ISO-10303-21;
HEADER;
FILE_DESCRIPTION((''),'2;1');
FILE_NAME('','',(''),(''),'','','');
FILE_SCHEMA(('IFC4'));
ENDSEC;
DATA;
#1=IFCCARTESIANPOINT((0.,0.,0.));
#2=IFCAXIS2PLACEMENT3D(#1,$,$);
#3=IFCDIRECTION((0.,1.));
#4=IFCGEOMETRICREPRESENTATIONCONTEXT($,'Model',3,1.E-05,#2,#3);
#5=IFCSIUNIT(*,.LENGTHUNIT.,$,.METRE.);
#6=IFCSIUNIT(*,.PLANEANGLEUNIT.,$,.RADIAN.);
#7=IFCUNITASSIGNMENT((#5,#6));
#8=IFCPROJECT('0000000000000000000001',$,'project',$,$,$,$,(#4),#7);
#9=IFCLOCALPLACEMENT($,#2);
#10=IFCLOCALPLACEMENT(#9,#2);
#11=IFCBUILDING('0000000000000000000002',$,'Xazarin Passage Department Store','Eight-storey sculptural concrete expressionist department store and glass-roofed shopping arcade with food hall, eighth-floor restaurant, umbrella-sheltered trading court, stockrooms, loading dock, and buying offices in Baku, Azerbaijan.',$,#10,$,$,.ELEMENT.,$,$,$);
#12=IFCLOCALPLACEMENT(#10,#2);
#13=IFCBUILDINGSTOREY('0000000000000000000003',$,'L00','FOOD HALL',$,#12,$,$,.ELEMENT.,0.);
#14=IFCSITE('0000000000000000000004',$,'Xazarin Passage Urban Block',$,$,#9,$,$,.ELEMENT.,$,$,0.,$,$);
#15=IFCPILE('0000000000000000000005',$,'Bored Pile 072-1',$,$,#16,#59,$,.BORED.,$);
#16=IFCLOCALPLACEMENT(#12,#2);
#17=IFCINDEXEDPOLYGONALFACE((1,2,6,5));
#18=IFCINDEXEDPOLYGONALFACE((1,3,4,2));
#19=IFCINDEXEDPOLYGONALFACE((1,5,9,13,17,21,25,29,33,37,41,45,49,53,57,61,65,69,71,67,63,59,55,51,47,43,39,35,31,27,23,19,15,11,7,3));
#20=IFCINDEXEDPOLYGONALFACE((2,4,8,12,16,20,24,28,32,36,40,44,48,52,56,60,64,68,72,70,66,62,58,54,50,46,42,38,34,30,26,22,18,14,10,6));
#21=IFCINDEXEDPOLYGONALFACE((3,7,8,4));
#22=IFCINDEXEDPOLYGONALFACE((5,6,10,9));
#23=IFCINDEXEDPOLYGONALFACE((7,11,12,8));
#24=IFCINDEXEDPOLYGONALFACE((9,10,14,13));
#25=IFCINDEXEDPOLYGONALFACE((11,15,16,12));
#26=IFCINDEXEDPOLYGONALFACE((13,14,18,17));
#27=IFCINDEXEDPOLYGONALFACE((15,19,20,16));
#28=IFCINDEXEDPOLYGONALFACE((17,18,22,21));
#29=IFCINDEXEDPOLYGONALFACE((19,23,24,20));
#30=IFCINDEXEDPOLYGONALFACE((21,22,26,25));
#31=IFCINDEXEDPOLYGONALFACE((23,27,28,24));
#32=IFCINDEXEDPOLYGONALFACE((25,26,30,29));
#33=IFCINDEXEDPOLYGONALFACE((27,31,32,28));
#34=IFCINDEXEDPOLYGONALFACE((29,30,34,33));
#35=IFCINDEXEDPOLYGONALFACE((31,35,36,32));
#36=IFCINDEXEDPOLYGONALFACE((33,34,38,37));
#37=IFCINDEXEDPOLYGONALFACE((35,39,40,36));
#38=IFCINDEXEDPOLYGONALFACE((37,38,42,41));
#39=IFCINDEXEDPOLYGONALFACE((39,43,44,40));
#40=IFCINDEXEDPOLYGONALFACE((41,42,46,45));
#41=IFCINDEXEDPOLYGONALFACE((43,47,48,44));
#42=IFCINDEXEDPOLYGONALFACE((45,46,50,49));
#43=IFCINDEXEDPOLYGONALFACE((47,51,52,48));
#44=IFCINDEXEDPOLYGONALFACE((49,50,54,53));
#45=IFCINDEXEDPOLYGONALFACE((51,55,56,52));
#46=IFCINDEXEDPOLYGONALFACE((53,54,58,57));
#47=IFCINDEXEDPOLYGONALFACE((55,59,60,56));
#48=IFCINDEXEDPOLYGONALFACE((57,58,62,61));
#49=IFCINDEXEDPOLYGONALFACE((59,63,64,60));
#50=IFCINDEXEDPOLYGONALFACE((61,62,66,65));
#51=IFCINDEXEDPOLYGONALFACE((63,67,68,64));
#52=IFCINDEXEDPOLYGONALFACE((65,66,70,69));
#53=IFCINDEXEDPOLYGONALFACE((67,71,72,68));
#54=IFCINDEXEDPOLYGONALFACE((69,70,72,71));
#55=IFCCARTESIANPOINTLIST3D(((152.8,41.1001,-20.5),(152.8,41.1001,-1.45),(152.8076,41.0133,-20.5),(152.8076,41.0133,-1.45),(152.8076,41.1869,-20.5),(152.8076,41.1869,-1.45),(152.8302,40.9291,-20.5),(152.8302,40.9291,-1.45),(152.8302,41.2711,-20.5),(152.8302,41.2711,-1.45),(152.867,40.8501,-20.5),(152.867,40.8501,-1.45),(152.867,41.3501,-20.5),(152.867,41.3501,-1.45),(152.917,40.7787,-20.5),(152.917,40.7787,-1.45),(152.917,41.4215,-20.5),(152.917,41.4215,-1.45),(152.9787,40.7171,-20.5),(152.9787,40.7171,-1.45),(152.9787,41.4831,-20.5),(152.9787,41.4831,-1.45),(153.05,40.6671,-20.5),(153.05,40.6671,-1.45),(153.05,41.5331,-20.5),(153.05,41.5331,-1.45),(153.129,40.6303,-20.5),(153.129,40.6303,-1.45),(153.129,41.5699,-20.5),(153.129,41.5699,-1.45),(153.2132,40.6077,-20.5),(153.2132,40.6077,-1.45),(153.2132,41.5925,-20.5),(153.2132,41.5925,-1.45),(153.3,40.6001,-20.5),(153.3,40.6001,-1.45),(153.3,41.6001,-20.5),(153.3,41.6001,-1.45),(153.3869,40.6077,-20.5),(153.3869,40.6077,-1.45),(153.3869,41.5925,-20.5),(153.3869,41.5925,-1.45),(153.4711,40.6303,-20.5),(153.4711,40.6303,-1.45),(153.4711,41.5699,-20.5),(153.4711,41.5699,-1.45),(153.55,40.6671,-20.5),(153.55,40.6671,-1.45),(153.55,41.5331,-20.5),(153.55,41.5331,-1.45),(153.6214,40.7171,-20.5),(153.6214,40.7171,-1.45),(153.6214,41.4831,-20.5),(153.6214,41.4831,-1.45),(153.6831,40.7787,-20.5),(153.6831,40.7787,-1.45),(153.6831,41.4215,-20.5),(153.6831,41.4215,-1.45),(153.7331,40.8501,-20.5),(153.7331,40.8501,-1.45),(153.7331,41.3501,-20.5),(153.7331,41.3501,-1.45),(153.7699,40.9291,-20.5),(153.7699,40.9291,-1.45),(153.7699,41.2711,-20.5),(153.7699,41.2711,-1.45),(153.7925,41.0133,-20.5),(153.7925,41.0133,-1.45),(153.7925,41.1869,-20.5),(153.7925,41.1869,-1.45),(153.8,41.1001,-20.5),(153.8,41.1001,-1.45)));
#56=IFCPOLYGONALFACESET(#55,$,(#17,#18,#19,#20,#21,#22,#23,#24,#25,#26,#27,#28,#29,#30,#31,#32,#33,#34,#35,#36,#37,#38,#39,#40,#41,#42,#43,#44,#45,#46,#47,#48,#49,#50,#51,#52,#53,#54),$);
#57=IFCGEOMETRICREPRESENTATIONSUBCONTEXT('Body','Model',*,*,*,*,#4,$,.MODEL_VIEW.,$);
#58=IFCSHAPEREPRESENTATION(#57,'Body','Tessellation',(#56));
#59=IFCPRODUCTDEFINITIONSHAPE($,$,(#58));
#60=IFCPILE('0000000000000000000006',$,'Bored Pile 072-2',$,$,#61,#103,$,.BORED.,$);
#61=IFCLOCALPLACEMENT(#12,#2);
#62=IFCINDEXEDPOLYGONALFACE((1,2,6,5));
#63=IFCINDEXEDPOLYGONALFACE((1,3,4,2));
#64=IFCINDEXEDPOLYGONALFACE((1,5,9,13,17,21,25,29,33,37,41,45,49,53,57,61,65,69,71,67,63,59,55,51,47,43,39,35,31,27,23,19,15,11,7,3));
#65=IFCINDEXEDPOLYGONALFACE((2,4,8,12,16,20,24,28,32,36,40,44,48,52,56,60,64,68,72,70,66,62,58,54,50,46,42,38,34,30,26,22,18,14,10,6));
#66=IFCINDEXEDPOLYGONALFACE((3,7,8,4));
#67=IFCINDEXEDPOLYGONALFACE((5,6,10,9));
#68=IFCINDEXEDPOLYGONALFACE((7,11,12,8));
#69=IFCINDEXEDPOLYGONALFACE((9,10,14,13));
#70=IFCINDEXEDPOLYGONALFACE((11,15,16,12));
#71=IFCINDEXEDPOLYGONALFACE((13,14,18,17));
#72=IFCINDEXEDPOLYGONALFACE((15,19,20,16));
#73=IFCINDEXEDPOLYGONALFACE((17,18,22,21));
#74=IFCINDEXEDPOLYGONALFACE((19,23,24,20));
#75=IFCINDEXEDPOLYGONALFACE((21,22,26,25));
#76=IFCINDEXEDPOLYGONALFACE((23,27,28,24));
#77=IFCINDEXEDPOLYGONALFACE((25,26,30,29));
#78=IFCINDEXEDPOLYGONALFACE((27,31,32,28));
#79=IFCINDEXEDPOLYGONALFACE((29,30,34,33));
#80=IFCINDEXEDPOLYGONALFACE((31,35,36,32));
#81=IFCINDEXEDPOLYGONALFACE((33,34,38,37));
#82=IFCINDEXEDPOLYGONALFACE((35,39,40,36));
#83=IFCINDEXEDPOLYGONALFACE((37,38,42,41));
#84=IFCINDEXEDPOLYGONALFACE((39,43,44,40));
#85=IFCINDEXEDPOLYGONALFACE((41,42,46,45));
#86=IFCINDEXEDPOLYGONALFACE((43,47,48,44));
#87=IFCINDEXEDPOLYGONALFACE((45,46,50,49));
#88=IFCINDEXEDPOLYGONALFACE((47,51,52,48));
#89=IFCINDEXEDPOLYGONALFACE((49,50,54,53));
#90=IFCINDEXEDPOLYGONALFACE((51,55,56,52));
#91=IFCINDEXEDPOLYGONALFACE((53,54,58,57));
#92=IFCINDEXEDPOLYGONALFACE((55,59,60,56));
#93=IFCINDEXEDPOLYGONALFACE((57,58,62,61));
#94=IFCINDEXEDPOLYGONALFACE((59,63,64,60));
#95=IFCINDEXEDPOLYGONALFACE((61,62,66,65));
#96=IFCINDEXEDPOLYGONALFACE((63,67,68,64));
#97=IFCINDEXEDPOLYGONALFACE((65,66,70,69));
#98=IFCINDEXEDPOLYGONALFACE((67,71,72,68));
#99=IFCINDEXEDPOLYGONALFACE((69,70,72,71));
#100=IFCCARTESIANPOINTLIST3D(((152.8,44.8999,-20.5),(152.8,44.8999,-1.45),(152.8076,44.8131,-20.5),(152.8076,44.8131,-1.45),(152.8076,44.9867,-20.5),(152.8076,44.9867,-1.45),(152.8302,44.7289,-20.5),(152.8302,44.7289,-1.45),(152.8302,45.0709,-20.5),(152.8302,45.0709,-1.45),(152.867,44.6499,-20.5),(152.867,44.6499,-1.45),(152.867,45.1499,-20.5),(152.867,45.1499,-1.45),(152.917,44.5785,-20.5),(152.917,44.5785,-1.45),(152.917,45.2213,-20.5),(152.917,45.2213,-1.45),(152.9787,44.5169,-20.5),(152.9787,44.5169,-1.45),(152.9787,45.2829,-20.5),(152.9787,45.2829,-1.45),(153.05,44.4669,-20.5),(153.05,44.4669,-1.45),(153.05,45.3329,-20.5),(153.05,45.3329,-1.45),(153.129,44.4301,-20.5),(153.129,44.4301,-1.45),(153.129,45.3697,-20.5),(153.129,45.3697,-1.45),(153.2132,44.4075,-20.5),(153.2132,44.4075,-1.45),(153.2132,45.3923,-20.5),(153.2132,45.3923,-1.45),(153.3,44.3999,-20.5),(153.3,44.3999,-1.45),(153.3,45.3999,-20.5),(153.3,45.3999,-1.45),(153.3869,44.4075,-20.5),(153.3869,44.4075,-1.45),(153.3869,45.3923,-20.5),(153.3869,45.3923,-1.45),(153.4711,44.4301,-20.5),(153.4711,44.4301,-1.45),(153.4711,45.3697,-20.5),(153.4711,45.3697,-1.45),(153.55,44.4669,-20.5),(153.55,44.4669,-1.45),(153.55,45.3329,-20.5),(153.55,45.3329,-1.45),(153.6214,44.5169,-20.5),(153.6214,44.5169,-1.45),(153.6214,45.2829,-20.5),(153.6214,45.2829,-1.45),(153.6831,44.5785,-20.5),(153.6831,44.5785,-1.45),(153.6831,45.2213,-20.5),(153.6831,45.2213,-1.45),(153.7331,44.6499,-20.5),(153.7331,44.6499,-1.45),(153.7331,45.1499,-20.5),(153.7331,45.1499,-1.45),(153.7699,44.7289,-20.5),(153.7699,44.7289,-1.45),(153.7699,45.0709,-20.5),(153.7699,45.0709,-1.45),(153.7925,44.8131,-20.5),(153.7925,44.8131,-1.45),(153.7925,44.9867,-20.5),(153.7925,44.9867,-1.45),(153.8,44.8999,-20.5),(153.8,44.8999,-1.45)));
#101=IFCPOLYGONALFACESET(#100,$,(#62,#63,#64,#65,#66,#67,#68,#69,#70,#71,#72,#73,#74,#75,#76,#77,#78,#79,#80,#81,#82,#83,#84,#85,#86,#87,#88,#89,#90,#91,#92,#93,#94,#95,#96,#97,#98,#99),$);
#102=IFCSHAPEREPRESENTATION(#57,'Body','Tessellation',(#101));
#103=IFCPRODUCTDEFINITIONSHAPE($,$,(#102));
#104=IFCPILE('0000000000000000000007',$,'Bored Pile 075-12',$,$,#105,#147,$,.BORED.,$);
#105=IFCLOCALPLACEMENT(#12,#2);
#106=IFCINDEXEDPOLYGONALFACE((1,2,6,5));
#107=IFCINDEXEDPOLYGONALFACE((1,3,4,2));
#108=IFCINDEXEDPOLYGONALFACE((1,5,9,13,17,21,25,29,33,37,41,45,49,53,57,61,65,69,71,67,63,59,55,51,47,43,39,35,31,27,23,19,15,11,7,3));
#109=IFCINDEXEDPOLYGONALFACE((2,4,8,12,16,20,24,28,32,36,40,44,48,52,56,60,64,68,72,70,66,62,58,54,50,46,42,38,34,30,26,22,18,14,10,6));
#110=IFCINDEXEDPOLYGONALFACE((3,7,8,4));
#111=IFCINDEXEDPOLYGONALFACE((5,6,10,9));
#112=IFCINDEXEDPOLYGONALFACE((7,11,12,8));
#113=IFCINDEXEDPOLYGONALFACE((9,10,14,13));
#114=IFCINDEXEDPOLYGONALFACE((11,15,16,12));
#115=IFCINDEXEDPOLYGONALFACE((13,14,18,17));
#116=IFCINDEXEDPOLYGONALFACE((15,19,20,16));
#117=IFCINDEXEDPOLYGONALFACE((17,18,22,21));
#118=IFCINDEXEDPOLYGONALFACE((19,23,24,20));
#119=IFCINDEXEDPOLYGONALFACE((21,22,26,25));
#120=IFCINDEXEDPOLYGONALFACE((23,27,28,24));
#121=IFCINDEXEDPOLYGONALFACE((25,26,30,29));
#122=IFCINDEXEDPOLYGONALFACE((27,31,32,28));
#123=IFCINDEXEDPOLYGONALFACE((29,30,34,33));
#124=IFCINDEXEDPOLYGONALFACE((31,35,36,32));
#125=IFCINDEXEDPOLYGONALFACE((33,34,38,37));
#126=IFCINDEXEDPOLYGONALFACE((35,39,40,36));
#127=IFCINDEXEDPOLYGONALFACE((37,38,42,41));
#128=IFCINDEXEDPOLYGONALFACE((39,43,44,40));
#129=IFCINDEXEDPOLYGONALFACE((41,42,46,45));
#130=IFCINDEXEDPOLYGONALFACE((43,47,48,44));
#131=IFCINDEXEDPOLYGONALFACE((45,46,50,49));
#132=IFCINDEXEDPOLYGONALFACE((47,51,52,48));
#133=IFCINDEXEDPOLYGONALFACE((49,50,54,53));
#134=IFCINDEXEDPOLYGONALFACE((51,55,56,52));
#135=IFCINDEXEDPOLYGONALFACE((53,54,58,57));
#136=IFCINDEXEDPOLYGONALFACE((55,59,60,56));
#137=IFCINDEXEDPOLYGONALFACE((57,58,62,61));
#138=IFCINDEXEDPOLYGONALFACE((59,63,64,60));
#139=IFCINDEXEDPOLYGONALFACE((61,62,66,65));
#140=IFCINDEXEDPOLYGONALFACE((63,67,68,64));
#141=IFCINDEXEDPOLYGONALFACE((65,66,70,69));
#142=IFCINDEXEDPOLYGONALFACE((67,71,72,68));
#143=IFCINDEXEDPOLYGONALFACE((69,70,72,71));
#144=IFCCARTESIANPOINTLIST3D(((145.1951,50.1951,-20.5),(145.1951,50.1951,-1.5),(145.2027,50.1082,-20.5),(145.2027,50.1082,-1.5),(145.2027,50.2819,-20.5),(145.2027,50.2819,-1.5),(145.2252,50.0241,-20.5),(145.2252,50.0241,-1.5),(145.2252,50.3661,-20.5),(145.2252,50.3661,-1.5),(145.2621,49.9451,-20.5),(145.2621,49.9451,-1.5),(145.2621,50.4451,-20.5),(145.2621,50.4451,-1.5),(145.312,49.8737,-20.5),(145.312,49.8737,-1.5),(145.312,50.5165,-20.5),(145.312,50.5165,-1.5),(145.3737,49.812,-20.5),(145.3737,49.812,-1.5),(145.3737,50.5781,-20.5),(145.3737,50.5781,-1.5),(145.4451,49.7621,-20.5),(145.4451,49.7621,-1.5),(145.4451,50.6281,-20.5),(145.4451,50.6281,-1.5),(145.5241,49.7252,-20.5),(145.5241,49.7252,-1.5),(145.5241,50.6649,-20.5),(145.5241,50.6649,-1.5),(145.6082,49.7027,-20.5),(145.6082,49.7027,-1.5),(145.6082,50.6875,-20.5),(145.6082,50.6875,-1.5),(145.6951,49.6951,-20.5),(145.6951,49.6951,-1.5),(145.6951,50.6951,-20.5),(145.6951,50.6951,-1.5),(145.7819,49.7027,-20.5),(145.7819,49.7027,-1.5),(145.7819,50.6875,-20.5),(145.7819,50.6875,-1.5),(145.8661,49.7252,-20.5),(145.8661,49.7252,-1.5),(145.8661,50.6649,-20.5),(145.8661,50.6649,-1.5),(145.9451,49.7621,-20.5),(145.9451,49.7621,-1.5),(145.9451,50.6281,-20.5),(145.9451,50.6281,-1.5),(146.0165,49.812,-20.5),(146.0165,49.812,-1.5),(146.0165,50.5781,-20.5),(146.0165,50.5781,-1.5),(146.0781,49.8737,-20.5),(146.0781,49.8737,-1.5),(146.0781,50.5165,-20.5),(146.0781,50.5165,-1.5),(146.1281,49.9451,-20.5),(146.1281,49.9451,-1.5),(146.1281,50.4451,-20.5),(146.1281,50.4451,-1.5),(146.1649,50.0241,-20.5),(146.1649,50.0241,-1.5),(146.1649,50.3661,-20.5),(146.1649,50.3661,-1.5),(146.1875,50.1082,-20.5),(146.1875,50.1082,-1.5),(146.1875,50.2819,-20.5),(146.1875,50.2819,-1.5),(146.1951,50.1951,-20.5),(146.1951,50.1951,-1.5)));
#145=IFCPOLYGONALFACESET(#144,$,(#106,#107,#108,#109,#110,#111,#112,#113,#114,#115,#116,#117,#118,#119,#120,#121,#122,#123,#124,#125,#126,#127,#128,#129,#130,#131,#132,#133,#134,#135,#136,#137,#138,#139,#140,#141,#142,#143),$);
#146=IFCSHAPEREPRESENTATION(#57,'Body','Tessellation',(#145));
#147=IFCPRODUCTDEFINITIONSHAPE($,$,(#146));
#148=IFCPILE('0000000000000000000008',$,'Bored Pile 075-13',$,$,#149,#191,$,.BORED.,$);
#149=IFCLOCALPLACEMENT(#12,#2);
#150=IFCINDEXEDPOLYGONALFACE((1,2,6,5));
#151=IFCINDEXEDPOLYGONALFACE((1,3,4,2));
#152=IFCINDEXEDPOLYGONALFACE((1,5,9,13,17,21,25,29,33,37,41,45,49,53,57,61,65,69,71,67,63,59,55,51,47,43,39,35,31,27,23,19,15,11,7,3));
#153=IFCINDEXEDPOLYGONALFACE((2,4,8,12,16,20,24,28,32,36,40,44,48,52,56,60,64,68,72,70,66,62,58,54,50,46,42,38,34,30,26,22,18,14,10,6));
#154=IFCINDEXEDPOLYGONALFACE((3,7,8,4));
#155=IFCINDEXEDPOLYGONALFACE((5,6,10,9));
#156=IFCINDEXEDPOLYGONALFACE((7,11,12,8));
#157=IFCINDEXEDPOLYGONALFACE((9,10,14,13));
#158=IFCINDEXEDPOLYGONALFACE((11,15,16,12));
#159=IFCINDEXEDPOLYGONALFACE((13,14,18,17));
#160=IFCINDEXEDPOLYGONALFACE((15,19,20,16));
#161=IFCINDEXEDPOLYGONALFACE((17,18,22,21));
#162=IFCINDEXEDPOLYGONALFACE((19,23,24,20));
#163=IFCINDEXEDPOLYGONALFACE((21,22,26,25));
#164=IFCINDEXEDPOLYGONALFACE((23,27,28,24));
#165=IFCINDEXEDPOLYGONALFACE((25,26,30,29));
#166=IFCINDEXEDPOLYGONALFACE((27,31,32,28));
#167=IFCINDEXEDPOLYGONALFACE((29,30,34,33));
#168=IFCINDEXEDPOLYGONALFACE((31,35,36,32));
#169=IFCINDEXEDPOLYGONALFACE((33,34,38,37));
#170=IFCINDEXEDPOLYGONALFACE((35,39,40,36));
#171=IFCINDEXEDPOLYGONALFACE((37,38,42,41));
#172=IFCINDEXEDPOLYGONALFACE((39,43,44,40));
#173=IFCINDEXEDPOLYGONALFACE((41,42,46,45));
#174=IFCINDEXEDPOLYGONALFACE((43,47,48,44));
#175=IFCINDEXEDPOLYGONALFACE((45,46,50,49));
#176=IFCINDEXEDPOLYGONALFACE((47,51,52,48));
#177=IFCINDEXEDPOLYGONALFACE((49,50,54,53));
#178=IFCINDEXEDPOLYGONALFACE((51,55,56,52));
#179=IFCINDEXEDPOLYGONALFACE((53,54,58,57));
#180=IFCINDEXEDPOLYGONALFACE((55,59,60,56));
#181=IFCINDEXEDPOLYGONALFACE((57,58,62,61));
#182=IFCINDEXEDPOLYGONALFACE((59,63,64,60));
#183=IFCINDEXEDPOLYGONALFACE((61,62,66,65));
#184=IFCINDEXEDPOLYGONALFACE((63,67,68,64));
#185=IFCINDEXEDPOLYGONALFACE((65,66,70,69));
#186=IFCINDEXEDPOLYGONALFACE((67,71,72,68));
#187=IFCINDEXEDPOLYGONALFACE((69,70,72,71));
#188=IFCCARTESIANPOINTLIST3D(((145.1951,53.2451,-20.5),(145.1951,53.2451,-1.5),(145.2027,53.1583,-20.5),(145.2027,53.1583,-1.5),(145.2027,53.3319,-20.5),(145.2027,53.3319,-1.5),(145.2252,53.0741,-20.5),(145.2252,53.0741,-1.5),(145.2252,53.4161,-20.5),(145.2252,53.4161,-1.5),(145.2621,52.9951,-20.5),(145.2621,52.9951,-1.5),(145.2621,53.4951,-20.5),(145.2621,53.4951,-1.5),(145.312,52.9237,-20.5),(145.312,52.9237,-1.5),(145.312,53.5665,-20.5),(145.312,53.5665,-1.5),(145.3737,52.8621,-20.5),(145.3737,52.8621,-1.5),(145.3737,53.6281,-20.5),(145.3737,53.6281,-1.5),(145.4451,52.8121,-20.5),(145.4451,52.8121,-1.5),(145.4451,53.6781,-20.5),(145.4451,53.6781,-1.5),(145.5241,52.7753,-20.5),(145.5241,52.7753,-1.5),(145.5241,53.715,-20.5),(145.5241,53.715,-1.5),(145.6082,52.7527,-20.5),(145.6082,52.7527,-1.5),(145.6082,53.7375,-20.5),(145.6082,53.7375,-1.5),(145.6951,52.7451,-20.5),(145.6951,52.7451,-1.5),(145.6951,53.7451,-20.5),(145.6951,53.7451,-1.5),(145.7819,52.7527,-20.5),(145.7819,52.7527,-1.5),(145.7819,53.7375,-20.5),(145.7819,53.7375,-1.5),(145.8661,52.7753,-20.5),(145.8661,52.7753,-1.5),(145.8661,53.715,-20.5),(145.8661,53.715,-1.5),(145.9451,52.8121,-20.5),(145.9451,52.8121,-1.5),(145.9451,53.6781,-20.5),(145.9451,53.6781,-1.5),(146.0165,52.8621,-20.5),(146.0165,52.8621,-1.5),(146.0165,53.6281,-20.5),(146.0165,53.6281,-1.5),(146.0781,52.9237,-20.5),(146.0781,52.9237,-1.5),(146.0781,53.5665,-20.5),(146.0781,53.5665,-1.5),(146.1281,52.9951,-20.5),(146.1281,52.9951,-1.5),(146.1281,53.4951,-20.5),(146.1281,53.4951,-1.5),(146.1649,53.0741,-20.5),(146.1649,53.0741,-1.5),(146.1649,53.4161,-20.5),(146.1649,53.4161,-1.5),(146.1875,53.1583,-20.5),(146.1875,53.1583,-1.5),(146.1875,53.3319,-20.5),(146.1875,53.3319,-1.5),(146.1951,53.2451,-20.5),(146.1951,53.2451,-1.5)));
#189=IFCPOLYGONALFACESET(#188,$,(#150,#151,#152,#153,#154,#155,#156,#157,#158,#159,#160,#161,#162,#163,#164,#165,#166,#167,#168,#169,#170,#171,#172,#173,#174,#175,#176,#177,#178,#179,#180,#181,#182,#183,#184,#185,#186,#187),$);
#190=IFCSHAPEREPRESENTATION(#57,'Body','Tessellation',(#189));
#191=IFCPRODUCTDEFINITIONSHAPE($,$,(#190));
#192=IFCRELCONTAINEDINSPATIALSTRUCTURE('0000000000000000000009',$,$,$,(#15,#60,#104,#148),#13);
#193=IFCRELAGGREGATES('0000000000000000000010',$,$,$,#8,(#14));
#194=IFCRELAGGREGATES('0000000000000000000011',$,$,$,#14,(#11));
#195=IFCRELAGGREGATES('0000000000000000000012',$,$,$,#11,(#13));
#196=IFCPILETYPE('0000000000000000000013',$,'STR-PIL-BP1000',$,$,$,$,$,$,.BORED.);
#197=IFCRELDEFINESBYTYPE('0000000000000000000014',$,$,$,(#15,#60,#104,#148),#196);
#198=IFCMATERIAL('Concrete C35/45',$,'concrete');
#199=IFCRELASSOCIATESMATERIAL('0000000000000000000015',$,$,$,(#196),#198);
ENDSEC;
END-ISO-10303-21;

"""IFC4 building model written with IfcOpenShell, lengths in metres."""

from ifc_helpers import new_model, si_unit, direction, frame, origin, origin_2d, place, context, subcontext, project, spatial, circle, extrude, material, material_profile, profile_set, type_object, element, save


model = new_model("IFC4")

# Units and contexts
model_context = context("Model", 3, precision=1e-05, world=origin(), true_north=direction((0.0, 1.0)))
body_context = subcontext(model_context, "Body", "Model", "MODEL_VIEW")
ifc_project = project(units=[si_unit("LENGTHUNIT", "METRE"), si_unit("PLANEANGLEUNIT", "RADIAN")], contexts=[model_context])

# Site, building, storey
site_placement = place(None, origin())
site = spatial("IfcSite", under=ifc_project, at=site_placement, Name="Xazarin Passage Urban Block", CompositionType="ELEMENT", RefElevation=0.0)
building_placement = place(site_placement, origin())
building = spatial("IfcBuilding", under=site, at=building_placement, Name="Xazarin Passage Department Store", Description="Eight-storey sculptural concrete expressionist department store and glass-roofed shopping arcade with food hall, eighth-floor restaurant, umbrella-sheltered trading court, stockrooms, loading dock, and buying offices in Baku, Azerbaijan.", CompositionType="ELEMENT")
storey_placement = place(building_placement, origin())
storey = spatial("IfcBuildingStorey", under=building, at=storey_placement, Name="L00", Description="FOOD HALL", CompositionType="ELEMENT", Elevation=0.0)

# Shared definitions
ifc_material_1 = material(Name="Concrete C35/45", Category="concrete")

# Piles
ifc_material_profile_1 = material_profile(ifc_material_1, circle(Radius=0.5, at=origin_2d()), Name="BP 1000")
ifc_profile_set_1 = profile_set([ifc_material_profile_1], Name="Concrete C35/45")
pile_type_1 = type_object("IfcPileType", Name="STR-PIL-BP1000", PredefinedType="BORED", material=ifc_profile_set_1)
for number, where, z_axis, x_axis, name in (
    (1, (153.3, 41.1001, -1.45), (0.0, 0.0, -1.0), (1.0, 0.0, 0.0), "Bored Pile 072-1"),
    (2, (153.3, 44.8999, -1.45), (0.0, 0.0, -1.0), (1.0, 0.0, 0.0), "Bored Pile 072-2"),
):
    element("IfcPile", number, at=place(storey_placement, frame(where, z_axis=z_axis, x_axis=x_axis)), inside=storey, type_object=pile_type_1, Name=name, PredefinedType="BORED", context=body_context, shape_type="SweptSolid", body=[
        extrude(circle(Radius=0.5, at=origin_2d()), origin(), (0.0, 0.0, 1.0), 19.05),
    ])
for number, where, z_axis, x_axis, name in (
    (3, (145.6951, 50.1951, -1.5), (0.0, 0.0, -1.0), (1.0, 0.0, 0.0), "Bored Pile 075-12"),
    (4, (145.6951, 53.2451, -1.5), (0.0, 0.0, -1.0), (1.0, 0.0, 0.0), "Bored Pile 075-13"),
):
    element("IfcPile", number, at=place(storey_placement, frame(where, z_axis=z_axis, x_axis=x_axis)), inside=storey, type_object=pile_type_1, Name=name, PredefinedType="BORED", context=body_context, shape_type="SweptSolid", body=[
        extrude(circle(Radius=0.5, at=origin_2d()), origin(), (0.0, 0.0, 1.0), 19.0),
    ])

save(model, "model.ifc")
